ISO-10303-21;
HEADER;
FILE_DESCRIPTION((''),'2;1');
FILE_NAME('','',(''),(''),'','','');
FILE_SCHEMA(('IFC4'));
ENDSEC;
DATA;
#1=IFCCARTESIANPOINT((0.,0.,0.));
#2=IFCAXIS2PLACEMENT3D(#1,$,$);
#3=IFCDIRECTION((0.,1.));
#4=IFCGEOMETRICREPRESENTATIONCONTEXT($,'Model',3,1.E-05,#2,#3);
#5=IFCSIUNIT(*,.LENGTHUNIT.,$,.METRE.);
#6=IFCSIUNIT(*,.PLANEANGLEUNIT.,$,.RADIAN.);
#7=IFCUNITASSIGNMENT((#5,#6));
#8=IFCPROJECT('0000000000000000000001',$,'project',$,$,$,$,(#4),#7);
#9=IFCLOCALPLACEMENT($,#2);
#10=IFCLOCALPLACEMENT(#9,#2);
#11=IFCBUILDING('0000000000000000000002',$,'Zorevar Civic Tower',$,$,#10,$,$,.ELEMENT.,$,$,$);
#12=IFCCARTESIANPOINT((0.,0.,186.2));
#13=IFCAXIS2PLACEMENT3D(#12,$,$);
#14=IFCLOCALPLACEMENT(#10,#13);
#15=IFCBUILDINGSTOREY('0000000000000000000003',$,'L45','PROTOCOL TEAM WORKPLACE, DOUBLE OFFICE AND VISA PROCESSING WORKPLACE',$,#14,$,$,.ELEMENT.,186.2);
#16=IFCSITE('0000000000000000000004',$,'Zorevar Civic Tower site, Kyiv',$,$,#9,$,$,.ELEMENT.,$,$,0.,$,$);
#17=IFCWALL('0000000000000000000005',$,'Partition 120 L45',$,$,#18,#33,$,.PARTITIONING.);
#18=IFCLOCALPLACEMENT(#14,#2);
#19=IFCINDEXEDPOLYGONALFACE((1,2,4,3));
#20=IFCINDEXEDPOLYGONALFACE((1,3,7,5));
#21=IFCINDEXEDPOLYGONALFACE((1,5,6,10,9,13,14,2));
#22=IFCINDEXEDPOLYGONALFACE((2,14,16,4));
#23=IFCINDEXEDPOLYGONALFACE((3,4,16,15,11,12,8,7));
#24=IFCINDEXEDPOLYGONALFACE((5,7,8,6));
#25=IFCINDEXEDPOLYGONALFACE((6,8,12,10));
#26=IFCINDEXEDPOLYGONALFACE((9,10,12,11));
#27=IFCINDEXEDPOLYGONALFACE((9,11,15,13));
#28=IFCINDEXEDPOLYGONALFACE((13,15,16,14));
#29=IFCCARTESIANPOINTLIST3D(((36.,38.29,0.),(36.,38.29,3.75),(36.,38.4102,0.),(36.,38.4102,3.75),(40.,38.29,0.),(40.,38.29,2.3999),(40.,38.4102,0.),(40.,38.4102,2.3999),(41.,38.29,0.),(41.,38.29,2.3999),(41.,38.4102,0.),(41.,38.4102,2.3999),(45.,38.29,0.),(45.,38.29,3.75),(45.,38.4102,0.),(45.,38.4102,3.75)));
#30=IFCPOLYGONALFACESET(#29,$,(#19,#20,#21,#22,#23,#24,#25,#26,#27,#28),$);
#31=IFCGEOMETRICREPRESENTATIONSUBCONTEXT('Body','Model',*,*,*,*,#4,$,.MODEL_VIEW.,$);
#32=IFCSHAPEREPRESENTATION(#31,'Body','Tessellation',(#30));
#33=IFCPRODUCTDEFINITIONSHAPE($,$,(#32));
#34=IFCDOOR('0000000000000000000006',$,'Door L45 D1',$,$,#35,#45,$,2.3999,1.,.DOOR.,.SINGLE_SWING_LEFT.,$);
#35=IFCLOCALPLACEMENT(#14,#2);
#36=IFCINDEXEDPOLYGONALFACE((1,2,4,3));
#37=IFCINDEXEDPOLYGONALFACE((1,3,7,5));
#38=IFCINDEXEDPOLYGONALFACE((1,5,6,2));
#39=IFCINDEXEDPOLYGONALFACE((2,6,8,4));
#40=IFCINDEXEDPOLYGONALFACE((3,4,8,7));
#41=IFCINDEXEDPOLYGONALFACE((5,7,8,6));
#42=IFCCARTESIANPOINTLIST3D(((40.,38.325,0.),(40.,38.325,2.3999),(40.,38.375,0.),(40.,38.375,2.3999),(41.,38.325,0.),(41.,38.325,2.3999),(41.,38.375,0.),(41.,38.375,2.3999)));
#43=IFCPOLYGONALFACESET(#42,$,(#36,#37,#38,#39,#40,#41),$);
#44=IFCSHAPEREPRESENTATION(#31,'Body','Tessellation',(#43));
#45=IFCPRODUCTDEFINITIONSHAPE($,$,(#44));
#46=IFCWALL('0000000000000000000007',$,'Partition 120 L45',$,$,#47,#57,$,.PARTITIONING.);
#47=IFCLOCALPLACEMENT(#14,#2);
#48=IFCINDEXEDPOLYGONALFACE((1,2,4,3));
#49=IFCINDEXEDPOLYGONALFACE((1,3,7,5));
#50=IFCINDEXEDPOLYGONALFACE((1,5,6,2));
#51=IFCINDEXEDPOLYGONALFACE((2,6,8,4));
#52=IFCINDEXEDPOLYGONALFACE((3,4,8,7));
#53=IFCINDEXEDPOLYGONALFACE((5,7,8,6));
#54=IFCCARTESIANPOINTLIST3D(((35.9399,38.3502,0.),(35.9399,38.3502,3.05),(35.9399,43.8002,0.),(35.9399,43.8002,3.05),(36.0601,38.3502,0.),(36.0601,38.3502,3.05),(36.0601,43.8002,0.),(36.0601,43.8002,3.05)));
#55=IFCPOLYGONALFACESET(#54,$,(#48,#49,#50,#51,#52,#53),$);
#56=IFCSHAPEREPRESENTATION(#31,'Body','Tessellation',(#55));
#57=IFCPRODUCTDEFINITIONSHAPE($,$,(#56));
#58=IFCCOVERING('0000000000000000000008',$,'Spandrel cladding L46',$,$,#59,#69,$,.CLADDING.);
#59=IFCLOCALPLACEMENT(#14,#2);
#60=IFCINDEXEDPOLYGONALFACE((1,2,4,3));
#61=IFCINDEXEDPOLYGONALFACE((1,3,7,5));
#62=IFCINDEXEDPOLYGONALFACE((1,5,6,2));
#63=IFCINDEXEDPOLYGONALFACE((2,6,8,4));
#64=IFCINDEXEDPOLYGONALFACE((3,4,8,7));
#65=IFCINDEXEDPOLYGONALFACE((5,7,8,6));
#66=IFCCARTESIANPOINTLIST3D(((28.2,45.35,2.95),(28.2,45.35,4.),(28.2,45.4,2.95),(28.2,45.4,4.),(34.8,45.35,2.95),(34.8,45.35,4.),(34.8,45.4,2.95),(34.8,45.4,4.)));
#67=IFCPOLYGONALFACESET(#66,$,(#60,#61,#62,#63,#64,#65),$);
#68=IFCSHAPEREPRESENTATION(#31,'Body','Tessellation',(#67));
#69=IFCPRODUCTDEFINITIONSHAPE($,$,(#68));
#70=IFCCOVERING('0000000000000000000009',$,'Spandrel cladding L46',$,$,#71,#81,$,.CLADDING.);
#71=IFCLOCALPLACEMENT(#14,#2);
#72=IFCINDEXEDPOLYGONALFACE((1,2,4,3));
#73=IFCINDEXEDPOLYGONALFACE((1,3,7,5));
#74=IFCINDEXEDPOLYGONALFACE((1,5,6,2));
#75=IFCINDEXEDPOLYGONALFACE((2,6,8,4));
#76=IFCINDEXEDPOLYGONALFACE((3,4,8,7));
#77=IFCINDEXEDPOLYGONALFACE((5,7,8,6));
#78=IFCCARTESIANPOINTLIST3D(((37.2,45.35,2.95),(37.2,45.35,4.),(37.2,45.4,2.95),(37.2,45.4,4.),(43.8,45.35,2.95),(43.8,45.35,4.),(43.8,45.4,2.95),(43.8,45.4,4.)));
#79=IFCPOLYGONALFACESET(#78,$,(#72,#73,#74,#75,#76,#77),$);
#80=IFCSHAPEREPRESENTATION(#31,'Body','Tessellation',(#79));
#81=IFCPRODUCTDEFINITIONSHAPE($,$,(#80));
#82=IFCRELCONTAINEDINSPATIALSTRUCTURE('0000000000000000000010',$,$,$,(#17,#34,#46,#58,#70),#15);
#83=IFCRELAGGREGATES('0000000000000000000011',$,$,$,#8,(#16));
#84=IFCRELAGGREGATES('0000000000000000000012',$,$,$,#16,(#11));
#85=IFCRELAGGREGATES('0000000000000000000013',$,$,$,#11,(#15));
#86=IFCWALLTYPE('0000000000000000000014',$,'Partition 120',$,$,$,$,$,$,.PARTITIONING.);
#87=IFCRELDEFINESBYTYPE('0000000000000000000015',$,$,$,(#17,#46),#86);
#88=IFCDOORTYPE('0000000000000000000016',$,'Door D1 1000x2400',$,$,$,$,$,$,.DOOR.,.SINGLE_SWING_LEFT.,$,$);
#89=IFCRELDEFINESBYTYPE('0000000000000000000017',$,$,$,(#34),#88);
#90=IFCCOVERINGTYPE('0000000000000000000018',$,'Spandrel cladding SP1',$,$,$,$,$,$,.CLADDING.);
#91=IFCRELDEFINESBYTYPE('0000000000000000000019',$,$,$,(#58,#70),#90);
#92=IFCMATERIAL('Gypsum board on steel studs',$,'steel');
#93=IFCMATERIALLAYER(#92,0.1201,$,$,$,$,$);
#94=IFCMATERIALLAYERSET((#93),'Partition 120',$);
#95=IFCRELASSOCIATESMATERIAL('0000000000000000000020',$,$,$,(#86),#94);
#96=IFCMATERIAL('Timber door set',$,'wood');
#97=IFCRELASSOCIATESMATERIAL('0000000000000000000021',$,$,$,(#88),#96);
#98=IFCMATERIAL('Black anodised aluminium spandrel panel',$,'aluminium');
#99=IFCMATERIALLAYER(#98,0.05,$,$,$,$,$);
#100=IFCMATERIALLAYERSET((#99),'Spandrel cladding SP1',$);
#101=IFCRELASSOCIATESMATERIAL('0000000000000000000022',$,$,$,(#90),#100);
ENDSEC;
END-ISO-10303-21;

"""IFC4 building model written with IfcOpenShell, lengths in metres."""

from ifc_helpers import new_model, si_unit, direction, frame, frame_2d, origin, place, context, subcontext, project, spatial, rectangle, extrude, material, layer, layer_set, type_object, element, fill, save


model = new_model("IFC4")

# Units and contexts
model_context = context("Model", 3, precision=1e-05, world=origin(), true_north=direction((0.0, 1.0)))
body_context = subcontext(model_context, "Body", "Model", "MODEL_VIEW")
ifc_project = project(units=[si_unit("LENGTHUNIT", "METRE"), si_unit("PLANEANGLEUNIT", "RADIAN")], contexts=[model_context])

# Site, building, storey
site_placement = place(None, origin())
site = spatial("IfcSite", under=ifc_project, at=site_placement, Name="Zorevar Civic Tower site, Kyiv", CompositionType="ELEMENT", RefElevation=0.0)
building_placement = place(site_placement, origin())
building = spatial("IfcBuilding", under=site, at=building_placement, Name="Zorevar Civic Tower", CompositionType="ELEMENT")
storey_placement = place(building_placement, frame((0.0, 0.0, 186.2)))
storey = spatial("IfcBuildingStorey", under=building, at=storey_placement, Name="L45", Description="PROTOCOL TEAM WORKPLACE, DOUBLE OFFICE AND VISA PROCESSING WORKPLACE", CompositionType="ELEMENT", Elevation=186.2)

# Wall, opening, door
ifc_material_1 = material(Name="Gypsum board on steel studs", Category="steel")
ifc_layer_1 = layer(ifc_material_1, 0.1201)
ifc_layer_set_1 = layer_set([ifc_layer_1], Name="Partition 120")
wall_type = type_object("IfcWallType", Name="Partition 120", PredefinedType="PARTITIONING", material=ifc_layer_set_1)
wall_1_placement = place(storey_placement, frame((36.0, 38.3501, 0.0), z_axis=(0.0, 0.0, 1.0), x_axis=(1.0, 0.0, 0.0)))
wall_1 = element("IfcWall", 1, at=wall_1_placement, inside=storey, type_object=wall_type, Name="Partition 120 L45", PredefinedType="PARTITIONING", context=body_context, shape_type="SweptSolid", body=[
    extrude(rectangle(XDim=9.0, YDim=0.1201, at=frame_2d((4.5, 0.0))), origin(), (0.0, 0.0, 1.0), 3.75),
])
opening_placement = place(wall_1_placement, frame((4.0, 0.0, 0.0)))
opening = element("IfcOpeningElement", 2, at=opening_placement, cuts=wall_1, PredefinedType="OPENING", context=body_context, shape_type="SweptSolid", body=[
    extrude(rectangle(XDim=1.0, YDim=2.3999, at=frame_2d((0.5, 1.2))), frame((0.0, 0.0701, 0.0), z_axis=(0.0, -1.0, 0.0), x_axis=(1.0, 0.0, 0.0)), (0.0, 0.0, 1.0), 0.1401),
])
ifc_material_2 = material(Name="Timber door set", Category="wood")
door_type = type_object("IfcDoorType", Name="Door D1 1000x2400", OperationType="SINGLE_SWING_LEFT", PredefinedType="DOOR", material=ifc_material_2)
door_placement = place(opening_placement, origin())
door = element("IfcDoor", 3, at=door_placement, inside=storey, type_object=door_type, Name="Door L45 D1", OperationType="SINGLE_SWING_LEFT", OverallHeight=2.3999, OverallWidth=1.0, PredefinedType="DOOR", context=body_context, shape_type="SweptSolid", body=[
    extrude(rectangle(XDim=1.0, YDim=2.3999, at=frame_2d((0.5, 1.2))), frame((0.0, 0.0249, 0.0), z_axis=(0.0, -1.0, 0.0), x_axis=(1.0, 0.0, 0.0)), (0.0, 0.0, 1.0), 0.05),
])
fill(opening, door)

# Wall
wall_2_placement = place(storey_placement, frame((36.0, 38.3501, 0.0), z_axis=(0.0, 0.0, 1.0), x_axis=(0.0, 1.0, 0.0)))
element("IfcWall", 4, at=wall_2_placement, inside=storey, type_object=wall_type, Name="Partition 120 L45", PredefinedType="PARTITIONING", context=body_context, shape_type="SweptSolid", body=[
    extrude(rectangle(XDim=5.45, YDim=0.1201, at=frame_2d((2.7251, 0.0))), origin(), (0.0, 0.0, 1.0), 3.05),
])

# Coverings
ifc_material_3 = material(Name="Black anodised aluminium spandrel panel", Category="aluminium")
ifc_layer_2 = layer(ifc_material_3, 0.05)
ifc_layer_set_2 = layer_set([ifc_layer_2], Name="Spandrel cladding SP1")
covering_type = type_object("IfcCoveringType", Name="Spandrel cladding SP1", PredefinedType="CLADDING", material=ifc_layer_set_2)
for number, where, z_axis, x_axis, name in (
    (5, (28.2, 45.375, 2.95), (0.0, 0.0, 1.0), (1.0, 0.0, 0.0), "Spandrel cladding L46"),
    (6, (37.2, 45.375, 2.95), (0.0, 0.0, 1.0), (1.0, 0.0, 0.0), "Spandrel cladding L46"),
):
    element("IfcCovering", number, at=place(storey_placement, frame(where, z_axis=z_axis, x_axis=x_axis)), inside=storey, type_object=covering_type, Name=name, PredefinedType="CLADDING", context=body_context, shape_type="SweptSolid", body=[
        extrude(rectangle(XDim=6.6001, YDim=0.05, at=frame_2d((3.3, 0.0))), origin(), (0.0, 0.0, 1.0), 1.05),
    ])

save(model, "model.ifc")
